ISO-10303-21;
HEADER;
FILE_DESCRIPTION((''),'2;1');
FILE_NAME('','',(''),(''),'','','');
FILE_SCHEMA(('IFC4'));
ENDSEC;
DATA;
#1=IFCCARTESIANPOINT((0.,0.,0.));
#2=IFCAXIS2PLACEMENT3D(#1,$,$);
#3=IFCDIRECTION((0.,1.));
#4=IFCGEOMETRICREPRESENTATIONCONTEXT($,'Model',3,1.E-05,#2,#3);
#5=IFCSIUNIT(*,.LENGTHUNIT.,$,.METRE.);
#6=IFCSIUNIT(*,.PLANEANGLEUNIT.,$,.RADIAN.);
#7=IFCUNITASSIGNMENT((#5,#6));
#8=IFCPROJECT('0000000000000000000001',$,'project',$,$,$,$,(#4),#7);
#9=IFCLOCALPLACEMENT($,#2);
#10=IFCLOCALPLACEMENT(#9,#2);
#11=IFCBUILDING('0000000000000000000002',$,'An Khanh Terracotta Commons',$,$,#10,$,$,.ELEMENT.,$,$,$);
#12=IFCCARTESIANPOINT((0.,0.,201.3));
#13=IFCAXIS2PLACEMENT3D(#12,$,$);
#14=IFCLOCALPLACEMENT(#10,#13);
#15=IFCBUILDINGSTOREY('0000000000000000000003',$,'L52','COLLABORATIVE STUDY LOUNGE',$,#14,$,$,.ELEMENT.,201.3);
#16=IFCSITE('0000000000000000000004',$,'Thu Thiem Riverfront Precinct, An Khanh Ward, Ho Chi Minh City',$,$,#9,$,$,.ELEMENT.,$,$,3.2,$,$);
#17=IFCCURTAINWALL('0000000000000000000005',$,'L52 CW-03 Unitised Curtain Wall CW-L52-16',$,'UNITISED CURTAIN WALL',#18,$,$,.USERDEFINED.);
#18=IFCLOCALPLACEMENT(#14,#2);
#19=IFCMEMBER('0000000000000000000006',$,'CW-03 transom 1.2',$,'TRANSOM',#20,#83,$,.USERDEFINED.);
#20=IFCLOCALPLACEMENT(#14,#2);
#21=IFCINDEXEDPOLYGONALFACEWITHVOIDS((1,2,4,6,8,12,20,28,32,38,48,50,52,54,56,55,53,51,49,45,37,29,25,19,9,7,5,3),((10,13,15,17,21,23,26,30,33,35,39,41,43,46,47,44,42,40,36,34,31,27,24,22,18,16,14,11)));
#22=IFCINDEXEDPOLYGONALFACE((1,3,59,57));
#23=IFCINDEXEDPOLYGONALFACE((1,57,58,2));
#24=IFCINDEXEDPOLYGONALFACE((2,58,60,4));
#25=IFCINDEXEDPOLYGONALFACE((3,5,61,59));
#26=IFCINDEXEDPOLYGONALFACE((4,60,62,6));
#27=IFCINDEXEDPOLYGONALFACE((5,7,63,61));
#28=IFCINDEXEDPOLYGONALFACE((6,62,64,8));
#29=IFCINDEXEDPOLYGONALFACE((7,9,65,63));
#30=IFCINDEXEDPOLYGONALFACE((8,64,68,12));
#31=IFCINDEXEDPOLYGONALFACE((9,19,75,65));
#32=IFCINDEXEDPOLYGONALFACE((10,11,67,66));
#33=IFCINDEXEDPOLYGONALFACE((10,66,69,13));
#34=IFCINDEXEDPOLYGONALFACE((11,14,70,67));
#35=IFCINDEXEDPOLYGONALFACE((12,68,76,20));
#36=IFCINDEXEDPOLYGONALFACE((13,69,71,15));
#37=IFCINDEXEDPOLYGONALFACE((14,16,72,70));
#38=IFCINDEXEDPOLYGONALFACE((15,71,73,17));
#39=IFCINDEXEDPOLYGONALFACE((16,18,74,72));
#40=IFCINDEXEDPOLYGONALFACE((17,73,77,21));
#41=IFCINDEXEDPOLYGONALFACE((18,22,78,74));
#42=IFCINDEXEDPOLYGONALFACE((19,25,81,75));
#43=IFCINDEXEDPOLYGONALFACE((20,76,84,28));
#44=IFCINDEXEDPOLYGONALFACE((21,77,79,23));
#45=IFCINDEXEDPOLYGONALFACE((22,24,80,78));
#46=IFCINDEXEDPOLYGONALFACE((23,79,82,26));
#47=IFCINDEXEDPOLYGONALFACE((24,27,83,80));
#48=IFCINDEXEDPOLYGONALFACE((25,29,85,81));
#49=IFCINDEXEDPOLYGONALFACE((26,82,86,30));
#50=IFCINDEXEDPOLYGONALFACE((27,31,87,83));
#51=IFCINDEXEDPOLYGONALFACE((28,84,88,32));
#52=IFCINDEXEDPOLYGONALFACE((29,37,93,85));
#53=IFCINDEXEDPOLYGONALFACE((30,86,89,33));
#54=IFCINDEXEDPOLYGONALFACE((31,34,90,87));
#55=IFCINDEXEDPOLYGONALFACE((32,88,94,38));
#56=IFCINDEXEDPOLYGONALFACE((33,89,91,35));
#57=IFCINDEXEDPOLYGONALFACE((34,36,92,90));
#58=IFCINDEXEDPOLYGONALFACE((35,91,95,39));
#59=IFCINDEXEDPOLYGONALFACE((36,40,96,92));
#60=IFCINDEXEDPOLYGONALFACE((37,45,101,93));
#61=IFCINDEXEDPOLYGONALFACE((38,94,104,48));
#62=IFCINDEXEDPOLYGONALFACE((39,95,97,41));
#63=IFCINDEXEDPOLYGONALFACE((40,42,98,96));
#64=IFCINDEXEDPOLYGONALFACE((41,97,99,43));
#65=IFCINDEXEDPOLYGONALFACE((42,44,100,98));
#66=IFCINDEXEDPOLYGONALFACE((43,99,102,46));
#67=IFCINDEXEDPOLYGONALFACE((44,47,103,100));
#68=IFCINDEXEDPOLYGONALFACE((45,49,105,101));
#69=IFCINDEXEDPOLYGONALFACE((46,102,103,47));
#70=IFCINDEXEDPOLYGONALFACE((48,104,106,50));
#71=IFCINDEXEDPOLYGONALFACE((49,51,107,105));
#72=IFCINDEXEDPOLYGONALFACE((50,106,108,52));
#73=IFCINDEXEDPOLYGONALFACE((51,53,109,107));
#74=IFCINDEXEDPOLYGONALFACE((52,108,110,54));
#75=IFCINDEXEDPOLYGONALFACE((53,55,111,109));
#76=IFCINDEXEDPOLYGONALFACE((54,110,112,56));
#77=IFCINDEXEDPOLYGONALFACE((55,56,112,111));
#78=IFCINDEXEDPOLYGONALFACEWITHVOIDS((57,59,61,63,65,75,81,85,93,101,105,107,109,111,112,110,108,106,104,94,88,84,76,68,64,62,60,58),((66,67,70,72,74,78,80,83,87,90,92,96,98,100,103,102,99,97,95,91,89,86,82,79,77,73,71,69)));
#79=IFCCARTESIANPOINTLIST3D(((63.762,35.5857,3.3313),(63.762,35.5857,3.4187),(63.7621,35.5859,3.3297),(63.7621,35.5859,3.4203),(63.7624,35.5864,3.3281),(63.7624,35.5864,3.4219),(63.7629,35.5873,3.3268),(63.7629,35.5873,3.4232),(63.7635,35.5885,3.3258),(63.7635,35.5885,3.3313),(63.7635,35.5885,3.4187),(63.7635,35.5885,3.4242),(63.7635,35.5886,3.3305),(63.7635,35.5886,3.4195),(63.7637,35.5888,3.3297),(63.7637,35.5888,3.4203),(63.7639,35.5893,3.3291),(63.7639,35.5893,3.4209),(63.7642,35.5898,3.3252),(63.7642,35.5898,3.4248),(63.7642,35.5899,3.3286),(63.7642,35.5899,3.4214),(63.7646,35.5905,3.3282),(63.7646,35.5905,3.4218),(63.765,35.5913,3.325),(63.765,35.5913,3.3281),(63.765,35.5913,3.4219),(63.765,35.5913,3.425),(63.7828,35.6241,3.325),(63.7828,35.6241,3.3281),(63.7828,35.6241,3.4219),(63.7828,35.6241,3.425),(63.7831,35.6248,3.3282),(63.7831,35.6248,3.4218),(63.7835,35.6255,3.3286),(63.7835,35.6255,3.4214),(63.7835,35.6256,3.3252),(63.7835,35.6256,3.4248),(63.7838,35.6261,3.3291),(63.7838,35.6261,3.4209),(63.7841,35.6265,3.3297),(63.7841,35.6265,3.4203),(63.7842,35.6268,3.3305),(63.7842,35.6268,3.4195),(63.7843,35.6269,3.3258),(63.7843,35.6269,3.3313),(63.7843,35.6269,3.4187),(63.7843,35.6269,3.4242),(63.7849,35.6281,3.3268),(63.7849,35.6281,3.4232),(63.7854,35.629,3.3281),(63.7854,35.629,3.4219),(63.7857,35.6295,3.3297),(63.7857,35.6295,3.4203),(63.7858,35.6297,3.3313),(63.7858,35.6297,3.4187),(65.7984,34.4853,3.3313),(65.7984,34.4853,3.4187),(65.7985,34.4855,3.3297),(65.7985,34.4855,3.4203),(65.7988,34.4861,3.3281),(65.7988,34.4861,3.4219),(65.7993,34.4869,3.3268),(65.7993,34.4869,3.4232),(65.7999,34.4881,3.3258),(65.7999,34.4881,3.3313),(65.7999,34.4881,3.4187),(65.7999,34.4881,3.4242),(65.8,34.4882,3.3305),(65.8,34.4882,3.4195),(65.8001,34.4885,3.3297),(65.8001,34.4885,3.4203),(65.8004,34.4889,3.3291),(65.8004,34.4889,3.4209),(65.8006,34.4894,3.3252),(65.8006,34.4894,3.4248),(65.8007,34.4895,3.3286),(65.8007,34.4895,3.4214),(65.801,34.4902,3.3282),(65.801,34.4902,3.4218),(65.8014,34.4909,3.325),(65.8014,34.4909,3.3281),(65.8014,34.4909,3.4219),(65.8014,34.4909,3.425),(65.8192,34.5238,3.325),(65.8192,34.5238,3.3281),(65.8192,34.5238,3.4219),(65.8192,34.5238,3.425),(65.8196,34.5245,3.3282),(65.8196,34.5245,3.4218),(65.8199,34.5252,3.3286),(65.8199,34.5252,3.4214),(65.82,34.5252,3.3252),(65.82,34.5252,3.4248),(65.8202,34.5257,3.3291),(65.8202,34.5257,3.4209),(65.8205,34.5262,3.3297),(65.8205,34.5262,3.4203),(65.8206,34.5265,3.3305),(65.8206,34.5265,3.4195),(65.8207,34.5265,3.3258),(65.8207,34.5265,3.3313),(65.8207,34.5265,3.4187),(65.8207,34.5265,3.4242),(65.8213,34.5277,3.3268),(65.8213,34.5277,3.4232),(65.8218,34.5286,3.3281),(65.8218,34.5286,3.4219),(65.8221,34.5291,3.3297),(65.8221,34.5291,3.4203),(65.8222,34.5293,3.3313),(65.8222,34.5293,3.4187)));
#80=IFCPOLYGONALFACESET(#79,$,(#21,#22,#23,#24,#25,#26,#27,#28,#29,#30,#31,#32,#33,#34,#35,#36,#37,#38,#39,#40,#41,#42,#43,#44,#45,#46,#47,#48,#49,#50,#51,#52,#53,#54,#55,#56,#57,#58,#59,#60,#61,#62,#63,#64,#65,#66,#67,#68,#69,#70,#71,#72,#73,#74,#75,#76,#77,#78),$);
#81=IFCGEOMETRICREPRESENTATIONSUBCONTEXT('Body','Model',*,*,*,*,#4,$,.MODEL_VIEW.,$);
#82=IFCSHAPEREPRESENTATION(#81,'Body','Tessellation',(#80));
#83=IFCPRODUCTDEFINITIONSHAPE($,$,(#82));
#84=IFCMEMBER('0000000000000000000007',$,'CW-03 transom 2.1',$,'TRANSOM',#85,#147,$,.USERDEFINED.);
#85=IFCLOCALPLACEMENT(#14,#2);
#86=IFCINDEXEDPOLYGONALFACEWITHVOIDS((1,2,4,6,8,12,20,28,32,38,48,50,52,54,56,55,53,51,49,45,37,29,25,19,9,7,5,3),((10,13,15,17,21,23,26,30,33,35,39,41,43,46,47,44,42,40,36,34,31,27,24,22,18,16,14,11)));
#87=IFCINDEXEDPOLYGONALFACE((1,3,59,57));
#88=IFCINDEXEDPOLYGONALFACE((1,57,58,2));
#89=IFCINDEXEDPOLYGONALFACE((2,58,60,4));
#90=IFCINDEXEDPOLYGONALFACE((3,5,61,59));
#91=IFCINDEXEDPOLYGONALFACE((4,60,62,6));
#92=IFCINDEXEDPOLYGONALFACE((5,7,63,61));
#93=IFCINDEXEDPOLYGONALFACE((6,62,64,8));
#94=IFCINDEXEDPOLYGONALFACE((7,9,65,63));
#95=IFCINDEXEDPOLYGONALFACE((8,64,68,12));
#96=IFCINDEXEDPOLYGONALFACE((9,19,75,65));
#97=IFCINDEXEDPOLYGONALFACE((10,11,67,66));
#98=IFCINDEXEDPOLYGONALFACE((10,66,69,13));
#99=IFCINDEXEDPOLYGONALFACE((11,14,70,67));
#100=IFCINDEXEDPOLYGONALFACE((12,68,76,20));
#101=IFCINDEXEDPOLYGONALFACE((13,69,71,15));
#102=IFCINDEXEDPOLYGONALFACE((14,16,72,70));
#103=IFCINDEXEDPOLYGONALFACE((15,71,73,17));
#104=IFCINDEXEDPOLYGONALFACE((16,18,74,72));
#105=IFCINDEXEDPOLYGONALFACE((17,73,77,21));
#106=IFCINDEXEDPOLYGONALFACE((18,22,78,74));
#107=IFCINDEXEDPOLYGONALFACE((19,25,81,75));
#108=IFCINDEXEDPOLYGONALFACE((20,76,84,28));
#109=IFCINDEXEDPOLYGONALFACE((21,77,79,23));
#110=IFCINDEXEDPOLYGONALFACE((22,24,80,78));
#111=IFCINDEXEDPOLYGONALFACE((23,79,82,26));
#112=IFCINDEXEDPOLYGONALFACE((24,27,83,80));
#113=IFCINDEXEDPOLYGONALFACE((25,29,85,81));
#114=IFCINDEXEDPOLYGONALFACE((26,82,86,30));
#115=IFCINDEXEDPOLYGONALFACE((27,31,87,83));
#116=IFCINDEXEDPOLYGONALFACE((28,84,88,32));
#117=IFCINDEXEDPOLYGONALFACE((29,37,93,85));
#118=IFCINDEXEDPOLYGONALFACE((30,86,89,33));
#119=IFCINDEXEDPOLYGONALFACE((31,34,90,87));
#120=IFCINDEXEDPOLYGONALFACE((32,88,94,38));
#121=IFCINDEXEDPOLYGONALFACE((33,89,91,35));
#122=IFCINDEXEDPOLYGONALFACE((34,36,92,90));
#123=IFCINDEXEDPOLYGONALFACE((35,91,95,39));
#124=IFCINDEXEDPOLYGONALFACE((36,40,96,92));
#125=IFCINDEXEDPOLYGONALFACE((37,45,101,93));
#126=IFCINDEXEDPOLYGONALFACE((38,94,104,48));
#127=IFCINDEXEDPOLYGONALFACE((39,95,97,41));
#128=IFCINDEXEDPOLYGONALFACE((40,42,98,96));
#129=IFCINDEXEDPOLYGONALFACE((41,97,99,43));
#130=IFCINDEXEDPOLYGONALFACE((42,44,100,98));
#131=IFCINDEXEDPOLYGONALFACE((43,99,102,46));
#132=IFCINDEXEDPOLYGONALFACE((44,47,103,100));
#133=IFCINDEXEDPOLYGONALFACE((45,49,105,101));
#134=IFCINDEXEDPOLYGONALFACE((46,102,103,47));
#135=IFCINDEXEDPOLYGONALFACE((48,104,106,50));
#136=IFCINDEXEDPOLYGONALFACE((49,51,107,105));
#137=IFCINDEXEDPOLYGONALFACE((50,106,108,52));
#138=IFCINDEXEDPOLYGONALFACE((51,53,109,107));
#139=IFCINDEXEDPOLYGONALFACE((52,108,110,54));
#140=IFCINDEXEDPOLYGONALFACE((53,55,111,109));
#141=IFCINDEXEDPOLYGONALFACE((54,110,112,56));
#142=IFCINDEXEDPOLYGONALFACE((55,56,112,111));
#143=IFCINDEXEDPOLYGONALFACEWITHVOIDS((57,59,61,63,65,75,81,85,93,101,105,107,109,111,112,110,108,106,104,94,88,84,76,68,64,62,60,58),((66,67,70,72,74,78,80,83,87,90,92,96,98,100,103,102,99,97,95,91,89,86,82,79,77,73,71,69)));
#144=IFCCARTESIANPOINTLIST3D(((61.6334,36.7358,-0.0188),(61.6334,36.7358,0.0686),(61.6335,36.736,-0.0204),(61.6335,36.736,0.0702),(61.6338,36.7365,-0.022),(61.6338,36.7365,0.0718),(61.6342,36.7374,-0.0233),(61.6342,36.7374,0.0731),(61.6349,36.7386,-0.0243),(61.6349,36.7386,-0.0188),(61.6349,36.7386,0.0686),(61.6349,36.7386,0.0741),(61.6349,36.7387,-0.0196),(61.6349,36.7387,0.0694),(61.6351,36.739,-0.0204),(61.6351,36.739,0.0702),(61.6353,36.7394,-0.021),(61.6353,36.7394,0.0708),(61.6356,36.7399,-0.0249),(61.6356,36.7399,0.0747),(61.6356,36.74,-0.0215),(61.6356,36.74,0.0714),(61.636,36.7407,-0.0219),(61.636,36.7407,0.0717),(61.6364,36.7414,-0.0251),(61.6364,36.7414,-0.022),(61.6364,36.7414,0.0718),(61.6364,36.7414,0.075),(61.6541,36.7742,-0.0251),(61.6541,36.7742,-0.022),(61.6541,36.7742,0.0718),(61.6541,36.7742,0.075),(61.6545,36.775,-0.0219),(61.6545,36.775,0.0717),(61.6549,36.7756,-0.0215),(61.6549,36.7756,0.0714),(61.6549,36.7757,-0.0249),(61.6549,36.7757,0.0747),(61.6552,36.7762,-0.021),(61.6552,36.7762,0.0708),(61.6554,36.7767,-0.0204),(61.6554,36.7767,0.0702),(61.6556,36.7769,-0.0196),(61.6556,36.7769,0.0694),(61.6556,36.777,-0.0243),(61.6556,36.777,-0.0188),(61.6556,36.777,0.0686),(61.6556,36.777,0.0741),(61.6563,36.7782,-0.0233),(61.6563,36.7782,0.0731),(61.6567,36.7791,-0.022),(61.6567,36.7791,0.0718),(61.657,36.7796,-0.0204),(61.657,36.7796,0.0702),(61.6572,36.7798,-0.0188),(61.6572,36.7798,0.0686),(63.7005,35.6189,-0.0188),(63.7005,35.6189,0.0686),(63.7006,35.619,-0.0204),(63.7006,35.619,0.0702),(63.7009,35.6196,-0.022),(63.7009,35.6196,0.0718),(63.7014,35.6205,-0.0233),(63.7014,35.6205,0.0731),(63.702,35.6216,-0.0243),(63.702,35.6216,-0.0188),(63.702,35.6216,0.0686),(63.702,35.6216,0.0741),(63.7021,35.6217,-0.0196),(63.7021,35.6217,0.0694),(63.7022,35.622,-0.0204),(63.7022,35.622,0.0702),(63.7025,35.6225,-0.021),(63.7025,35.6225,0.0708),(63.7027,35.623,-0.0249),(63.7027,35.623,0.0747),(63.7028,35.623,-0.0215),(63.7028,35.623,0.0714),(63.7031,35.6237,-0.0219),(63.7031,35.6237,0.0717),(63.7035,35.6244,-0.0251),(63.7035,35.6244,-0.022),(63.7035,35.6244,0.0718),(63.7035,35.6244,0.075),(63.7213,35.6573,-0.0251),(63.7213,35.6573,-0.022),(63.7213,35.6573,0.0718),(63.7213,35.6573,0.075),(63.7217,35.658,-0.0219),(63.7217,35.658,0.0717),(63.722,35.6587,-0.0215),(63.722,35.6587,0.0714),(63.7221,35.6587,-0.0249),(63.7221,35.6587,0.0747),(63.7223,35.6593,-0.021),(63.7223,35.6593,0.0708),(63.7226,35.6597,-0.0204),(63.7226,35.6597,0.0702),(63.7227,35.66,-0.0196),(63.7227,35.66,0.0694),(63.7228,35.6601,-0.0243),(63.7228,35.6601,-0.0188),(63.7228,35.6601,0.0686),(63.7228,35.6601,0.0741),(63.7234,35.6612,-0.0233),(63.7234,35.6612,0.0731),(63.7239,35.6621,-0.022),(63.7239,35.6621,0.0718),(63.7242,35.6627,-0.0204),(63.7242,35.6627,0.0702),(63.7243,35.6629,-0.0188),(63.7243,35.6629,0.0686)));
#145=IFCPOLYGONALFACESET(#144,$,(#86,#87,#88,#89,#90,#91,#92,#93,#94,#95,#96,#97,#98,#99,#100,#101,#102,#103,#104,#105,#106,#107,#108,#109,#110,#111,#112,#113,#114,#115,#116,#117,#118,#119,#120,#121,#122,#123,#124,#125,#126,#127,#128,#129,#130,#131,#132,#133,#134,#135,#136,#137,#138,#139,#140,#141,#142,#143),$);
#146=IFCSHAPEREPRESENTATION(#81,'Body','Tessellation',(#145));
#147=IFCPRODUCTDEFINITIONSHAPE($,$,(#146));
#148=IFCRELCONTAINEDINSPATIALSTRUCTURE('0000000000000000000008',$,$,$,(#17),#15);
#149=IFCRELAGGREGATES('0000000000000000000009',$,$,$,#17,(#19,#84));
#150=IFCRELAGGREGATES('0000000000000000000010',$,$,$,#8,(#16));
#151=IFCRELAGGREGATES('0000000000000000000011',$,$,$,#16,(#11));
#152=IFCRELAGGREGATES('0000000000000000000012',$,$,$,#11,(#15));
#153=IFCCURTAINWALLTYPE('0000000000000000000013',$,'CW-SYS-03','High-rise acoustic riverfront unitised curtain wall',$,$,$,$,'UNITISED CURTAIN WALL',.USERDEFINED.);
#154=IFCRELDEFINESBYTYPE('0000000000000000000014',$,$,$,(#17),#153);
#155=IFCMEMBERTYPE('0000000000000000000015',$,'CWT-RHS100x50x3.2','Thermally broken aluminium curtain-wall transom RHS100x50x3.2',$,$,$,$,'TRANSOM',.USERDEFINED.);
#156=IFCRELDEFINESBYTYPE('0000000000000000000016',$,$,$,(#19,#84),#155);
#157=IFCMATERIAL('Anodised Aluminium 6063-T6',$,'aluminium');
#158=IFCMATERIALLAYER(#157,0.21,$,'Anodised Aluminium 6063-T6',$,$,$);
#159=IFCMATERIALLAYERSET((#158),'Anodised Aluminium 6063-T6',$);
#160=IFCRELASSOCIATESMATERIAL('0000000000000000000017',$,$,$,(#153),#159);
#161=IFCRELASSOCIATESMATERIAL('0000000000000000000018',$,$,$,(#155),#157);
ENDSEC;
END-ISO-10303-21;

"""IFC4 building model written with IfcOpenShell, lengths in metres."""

from ifc_helpers import new_model, si_unit, direction, frame, origin, origin_2d, place, context, subcontext, project, spatial, hollow_rectangle, extrude, material, layer, layer_set, material_profile, profile_set, type_object, element, aggregate, save


model = new_model("IFC4")

# Units and contexts
model_context = context("Model", 3, precision=1e-05, world=origin(), true_north=direction((0.0, 1.0)))
body_context = subcontext(model_context, "Body", "Model", "MODEL_VIEW")
ifc_project = project(units=[si_unit("LENGTHUNIT", "METRE"), si_unit("PLANEANGLEUNIT", "RADIAN")], contexts=[model_context])

# Site, building, storey
site_placement = place(None, origin())
site = spatial("IfcSite", under=ifc_project, at=site_placement, Name="Thu Thiem Riverfront Precinct, An Khanh Ward, Ho Chi Minh City", CompositionType="ELEMENT", RefElevation=3.2)
building_placement = place(site_placement, origin())
building = spatial("IfcBuilding", under=site, at=building_placement, Name="An Khanh Terracotta Commons", CompositionType="ELEMENT")
storey_placement = place(building_placement, frame((0.0, 0.0, 201.3)))
storey = spatial("IfcBuildingStorey", under=building, at=storey_placement, Name="L52", Description="COLLABORATIVE STUDY LOUNGE", CompositionType="ELEMENT", Elevation=201.3)

# Curtain wall
ifc_material_1 = material(Name="Anodised Aluminium 6063-T6", Category="aluminium")
ifc_layer_1 = layer(ifc_material_1, 0.21, Name="Anodised Aluminium 6063-T6")
ifc_layer_set_1 = layer_set([ifc_layer_1], Name="Anodised Aluminium 6063-T6")
curtain_wall_type = type_object("IfcCurtainWallType", Name="CW-SYS-03", Description="High-rise acoustic riverfront unitised curtain wall", ElementType="UNITISED CURTAIN WALL", PredefinedType="USERDEFINED", material=ifc_layer_set_1)
curtain_wall_1_placement = place(storey_placement, origin())
curtain_wall_1 = element("IfcCurtainWall", 1, at=curtain_wall_1_placement, inside=storey, type_object=curtain_wall_type, Name="L52 CW-03 Unitised Curtain Wall CW-L52-16", ObjectType="UNITISED CURTAIN WALL", PredefinedType="USERDEFINED")

# Members
ifc_material_profile_1 = material_profile(ifc_material_1, hollow_rectangle(XDim=0.05, YDim=0.1001, WallThickness=0.0032, InnerFilletRadius=0.0032, OuterFilletRadius=0.0063, at=origin_2d()), Name="RHS100x50x3.2")
ifc_profile_set_1 = profile_set([ifc_material_profile_1], Name="Anodised Aluminium 6063-T6")
member_type_1 = type_object("IfcMemberType", Name="CWT-RHS100x50x3.2", Description="Thermally broken aluminium curtain-wall transom RHS100x50x3.2", ElementType="TRANSOM", PredefinedType="USERDEFINED", material=ifc_profile_set_1)
member_1_placement = place(storey_placement, frame((65.8103, 34.5073, 3.375), z_axis=(-0.879779, 0.475382, 0.0), x_axis=(-0.475382, -0.879779, 0.0)))
member_1 = element("IfcMember", 2, at=member_1_placement, type_object=member_type_1, Name="CW-03 transom 1.2", ObjectType="TRANSOM", PredefinedType="USERDEFINED", context=body_context, shape_type="SweptSolid", body=[
    extrude(hollow_rectangle(XDim=0.05, YDim=0.1001, WallThickness=0.0032, InnerFilletRadius=0.0032, OuterFilletRadius=0.0063, at=origin_2d()), origin(), (0.0, 0.0, 1.0), 2.3147),
])
member_2_placement = place(storey_placement, frame((63.7124, 35.6409, 0.0249), z_axis=(-0.879783, 0.475376, 0.0), x_axis=(-0.475376, -0.879783, 0.0)))
member_2 = element("IfcMember", 3, at=member_2_placement, type_object=member_type_1, Name="CW-03 transom 2.1", ObjectType="TRANSOM", PredefinedType="USERDEFINED", context=body_context, shape_type="SweptSolid", body=[
    extrude(hollow_rectangle(XDim=0.05, YDim=0.1001, WallThickness=0.0032, InnerFilletRadius=0.0032, OuterFilletRadius=0.0063, at=origin_2d()), origin(), (0.0, 0.0, 1.0), 2.3496),
])

aggregate(curtain_wall_1, [member_1, member_2])

save(model, "model.ifc")
